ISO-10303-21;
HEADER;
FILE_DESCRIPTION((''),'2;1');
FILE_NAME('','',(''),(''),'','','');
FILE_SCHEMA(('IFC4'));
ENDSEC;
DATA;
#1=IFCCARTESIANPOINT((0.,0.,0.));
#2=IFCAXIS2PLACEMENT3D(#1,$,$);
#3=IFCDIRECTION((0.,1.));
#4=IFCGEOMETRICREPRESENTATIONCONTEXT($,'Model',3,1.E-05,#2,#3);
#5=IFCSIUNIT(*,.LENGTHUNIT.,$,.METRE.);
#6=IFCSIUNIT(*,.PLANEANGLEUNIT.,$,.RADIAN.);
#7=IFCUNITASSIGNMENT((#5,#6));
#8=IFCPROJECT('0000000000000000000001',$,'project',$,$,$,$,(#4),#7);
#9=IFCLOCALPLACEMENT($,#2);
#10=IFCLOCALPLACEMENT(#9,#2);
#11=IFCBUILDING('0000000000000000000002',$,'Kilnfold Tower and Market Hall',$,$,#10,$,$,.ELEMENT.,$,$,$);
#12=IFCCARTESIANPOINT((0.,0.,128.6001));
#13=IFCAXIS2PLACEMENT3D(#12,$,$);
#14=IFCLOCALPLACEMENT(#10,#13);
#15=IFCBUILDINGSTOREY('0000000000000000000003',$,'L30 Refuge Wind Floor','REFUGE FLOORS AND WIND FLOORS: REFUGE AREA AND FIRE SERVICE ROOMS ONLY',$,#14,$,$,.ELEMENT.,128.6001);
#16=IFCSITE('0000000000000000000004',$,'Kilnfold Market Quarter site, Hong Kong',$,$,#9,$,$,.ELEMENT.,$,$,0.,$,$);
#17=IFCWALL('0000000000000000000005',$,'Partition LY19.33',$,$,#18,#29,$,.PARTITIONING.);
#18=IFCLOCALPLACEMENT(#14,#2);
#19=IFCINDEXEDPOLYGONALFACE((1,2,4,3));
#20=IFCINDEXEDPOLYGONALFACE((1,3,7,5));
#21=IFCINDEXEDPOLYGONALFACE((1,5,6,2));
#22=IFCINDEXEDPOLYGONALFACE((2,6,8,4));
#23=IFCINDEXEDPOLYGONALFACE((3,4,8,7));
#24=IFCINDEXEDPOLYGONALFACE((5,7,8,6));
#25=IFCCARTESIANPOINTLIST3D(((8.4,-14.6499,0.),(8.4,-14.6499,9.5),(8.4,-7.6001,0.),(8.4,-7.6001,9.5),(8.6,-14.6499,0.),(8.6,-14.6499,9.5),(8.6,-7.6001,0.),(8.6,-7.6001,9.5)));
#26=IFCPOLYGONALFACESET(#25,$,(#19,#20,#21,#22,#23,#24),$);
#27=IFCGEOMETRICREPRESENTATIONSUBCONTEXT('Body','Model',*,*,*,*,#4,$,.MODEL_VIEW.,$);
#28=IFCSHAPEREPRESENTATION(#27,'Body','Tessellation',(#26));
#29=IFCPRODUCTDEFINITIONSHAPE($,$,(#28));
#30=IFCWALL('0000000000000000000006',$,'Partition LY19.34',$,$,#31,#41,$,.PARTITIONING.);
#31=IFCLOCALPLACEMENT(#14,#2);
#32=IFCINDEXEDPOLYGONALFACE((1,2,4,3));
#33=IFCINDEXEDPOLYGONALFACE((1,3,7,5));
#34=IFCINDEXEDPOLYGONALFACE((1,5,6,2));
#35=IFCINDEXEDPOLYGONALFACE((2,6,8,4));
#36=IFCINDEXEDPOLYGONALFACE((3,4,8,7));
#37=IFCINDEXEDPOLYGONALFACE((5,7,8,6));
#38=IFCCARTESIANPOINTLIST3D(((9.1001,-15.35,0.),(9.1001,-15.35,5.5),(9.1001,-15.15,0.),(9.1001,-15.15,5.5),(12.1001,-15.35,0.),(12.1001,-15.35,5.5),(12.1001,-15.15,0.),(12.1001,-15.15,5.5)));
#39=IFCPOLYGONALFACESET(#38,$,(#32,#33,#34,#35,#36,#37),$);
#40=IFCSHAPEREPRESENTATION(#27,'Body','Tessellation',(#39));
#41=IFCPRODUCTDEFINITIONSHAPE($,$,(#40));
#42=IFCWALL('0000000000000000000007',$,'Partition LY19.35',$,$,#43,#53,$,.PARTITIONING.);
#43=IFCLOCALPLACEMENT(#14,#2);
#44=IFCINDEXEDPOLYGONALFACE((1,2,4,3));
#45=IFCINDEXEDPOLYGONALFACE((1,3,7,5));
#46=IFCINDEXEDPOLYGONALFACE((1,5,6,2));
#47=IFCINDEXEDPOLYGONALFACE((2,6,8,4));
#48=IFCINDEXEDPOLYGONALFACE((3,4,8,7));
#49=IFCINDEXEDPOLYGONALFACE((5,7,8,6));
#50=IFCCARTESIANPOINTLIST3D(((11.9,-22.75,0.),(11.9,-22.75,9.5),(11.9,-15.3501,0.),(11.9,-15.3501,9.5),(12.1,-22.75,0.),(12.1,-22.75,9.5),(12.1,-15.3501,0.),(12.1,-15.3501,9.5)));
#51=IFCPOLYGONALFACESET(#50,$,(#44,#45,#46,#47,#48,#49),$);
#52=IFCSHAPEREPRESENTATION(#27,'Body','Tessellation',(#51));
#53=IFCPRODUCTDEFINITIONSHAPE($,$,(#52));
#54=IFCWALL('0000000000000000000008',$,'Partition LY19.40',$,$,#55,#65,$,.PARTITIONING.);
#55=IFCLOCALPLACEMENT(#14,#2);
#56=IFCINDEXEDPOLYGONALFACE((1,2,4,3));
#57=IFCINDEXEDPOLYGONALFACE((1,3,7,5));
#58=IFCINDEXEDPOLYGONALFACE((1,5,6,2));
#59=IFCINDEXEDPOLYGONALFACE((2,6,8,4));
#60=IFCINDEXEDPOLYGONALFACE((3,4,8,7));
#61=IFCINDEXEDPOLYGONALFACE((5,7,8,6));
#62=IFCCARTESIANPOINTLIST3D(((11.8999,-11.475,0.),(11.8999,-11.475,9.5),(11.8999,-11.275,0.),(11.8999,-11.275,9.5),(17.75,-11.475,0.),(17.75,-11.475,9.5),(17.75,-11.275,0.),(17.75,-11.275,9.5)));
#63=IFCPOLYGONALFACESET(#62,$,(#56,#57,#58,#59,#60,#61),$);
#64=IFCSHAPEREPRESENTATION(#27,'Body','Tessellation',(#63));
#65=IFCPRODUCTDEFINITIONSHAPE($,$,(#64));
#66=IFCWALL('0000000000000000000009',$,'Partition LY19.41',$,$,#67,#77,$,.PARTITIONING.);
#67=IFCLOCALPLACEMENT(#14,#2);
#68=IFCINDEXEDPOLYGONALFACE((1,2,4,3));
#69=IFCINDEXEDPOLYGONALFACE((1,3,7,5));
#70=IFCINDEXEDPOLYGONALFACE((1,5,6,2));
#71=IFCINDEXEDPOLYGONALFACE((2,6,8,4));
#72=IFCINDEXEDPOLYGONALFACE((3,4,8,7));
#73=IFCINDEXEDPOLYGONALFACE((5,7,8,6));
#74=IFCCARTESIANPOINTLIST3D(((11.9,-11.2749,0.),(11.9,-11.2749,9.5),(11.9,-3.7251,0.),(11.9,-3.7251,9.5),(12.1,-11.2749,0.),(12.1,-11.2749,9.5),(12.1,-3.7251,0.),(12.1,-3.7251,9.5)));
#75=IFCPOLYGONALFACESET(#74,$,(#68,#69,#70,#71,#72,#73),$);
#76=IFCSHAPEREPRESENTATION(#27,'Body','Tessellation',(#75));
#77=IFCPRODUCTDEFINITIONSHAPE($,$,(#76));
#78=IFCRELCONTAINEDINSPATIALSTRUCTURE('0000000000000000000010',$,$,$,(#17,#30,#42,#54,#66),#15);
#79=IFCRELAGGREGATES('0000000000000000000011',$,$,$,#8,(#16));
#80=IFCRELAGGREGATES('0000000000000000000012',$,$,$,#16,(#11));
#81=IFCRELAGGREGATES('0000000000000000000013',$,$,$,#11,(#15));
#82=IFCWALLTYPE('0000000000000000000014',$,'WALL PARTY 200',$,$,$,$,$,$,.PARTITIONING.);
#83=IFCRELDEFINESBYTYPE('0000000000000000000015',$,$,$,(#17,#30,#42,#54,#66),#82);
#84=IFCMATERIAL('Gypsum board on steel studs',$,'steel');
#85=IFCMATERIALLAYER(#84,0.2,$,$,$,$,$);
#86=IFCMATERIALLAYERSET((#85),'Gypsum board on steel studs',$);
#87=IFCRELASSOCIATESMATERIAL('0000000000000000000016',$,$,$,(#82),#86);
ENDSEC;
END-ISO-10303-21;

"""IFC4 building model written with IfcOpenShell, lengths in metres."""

from ifc_helpers import new_model, si_unit, direction, frame, frame_2d, origin, place, context, subcontext, project, spatial, rectangle, extrude, material, layer, layer_set, type_object, element, save


model = new_model("IFC4")

# Units and contexts
model_context = context("Model", 3, precision=1e-05, world=origin(), true_north=direction((0.0, 1.0)))
body_context = subcontext(model_context, "Body", "Model", "MODEL_VIEW")
ifc_project = project(units=[si_unit("LENGTHUNIT", "METRE"), si_unit("PLANEANGLEUNIT", "RADIAN")], contexts=[model_context])

# Site, building, storey
site_placement = place(None, origin())
site = spatial("IfcSite", under=ifc_project, at=site_placement, Name="Kilnfold Market Quarter site, Hong Kong", CompositionType="ELEMENT", RefElevation=0.0)
building_placement = place(site_placement, origin())
building = spatial("IfcBuilding", under=site, at=building_placement, Name="Kilnfold Tower and Market Hall", CompositionType="ELEMENT")
storey_placement = place(building_placement, frame((0.0, 0.0, 128.6001)))
storey = spatial("IfcBuildingStorey", under=building, at=storey_placement, Name="L30 Refuge Wind Floor", Description="REFUGE FLOORS AND WIND FLOORS: REFUGE AREA AND FIRE SERVICE ROOMS ONLY", CompositionType="ELEMENT", Elevation=128.6001)

# Walls
ifc_material_1 = material(Name="Gypsum board on steel studs", Category="steel")
ifc_layer = layer(ifc_material_1, 0.2)
ifc_layer_set = layer_set([ifc_layer], Name="Gypsum board on steel studs")
wall_type = type_object("IfcWallType", Name="WALL PARTY 200", PredefinedType="PARTITIONING", material=ifc_layer_set)
wall_1_placement = place(storey_placement, frame((8.5, -14.6499, 0.0), z_axis=(0.0, 0.0, 1.0), x_axis=(0.0, 1.0, 0.0)))
element("IfcWall", 1, at=wall_1_placement, inside=storey, type_object=wall_type, Name="Partition LY19.33", PredefinedType="PARTITIONING", context=body_context, shape_type="SweptSolid", body=[
    extrude(rectangle(XDim=7.0498, YDim=0.2, at=frame_2d((3.5249, 0.0))), origin(), (0.0, 0.0, 1.0), 9.5),
])
wall_2_placement = place(storey_placement, frame((12.1001, -15.25, 0.0), z_axis=(0.0, 0.0, 1.0), x_axis=(-1.0, 0.0, 0.0)))
element("IfcWall", 2, at=wall_2_placement, inside=storey, type_object=wall_type, Name="Partition LY19.34", PredefinedType="PARTITIONING", context=body_context, shape_type="SweptSolid", body=[
    extrude(rectangle(XDim=3.0, YDim=0.2, at=frame_2d((1.5, 0.0))), origin(), (0.0, 0.0, 1.0), 5.5),
])
wall_3_placement = place(storey_placement, frame((12.0, -22.75, 0.0), z_axis=(0.0, 0.0, 1.0), x_axis=(0.0, 1.0, 0.0)))
element("IfcWall", 3, at=wall_3_placement, inside=storey, type_object=wall_type, Name="Partition LY19.35", PredefinedType="PARTITIONING", context=body_context, shape_type="SweptSolid", body=[
    extrude(rectangle(XDim=7.3999, YDim=0.2, at=frame_2d((3.7, 0.0))), origin(), (0.0, 0.0, 1.0), 9.5),
])
wall_4_placement = place(storey_placement, frame((11.8999, -11.375, 0.0), z_axis=(0.0, 0.0, 1.0), x_axis=(1.0, 0.0, 0.0)))
element("IfcWall", 4, at=wall_4_placement, inside=storey, type_object=wall_type, Name="Partition LY19.40", PredefinedType="PARTITIONING", context=body_context, shape_type="SweptSolid", body=[
    extrude(rectangle(XDim=5.8501, YDim=0.2, at=frame_2d((2.925, 0.0))), origin(), (0.0, 0.0, 1.0), 9.5),
])
wall_5_placement = place(storey_placement, frame((12.0, -11.2749, 0.0), z_axis=(0.0, 0.0, 1.0), x_axis=(0.0, 1.0, 0.0)))
element("IfcWall", 5, at=wall_5_placement, inside=storey, type_object=wall_type, Name="Partition LY19.41", PredefinedType="PARTITIONING", context=body_context, shape_type="SweptSolid", body=[
    extrude(rectangle(XDim=7.5498, YDim=0.2, at=frame_2d((3.7749, 0.0))), origin(), (0.0, 0.0, 1.0), 9.5),
])

save(model, "model.ifc")
